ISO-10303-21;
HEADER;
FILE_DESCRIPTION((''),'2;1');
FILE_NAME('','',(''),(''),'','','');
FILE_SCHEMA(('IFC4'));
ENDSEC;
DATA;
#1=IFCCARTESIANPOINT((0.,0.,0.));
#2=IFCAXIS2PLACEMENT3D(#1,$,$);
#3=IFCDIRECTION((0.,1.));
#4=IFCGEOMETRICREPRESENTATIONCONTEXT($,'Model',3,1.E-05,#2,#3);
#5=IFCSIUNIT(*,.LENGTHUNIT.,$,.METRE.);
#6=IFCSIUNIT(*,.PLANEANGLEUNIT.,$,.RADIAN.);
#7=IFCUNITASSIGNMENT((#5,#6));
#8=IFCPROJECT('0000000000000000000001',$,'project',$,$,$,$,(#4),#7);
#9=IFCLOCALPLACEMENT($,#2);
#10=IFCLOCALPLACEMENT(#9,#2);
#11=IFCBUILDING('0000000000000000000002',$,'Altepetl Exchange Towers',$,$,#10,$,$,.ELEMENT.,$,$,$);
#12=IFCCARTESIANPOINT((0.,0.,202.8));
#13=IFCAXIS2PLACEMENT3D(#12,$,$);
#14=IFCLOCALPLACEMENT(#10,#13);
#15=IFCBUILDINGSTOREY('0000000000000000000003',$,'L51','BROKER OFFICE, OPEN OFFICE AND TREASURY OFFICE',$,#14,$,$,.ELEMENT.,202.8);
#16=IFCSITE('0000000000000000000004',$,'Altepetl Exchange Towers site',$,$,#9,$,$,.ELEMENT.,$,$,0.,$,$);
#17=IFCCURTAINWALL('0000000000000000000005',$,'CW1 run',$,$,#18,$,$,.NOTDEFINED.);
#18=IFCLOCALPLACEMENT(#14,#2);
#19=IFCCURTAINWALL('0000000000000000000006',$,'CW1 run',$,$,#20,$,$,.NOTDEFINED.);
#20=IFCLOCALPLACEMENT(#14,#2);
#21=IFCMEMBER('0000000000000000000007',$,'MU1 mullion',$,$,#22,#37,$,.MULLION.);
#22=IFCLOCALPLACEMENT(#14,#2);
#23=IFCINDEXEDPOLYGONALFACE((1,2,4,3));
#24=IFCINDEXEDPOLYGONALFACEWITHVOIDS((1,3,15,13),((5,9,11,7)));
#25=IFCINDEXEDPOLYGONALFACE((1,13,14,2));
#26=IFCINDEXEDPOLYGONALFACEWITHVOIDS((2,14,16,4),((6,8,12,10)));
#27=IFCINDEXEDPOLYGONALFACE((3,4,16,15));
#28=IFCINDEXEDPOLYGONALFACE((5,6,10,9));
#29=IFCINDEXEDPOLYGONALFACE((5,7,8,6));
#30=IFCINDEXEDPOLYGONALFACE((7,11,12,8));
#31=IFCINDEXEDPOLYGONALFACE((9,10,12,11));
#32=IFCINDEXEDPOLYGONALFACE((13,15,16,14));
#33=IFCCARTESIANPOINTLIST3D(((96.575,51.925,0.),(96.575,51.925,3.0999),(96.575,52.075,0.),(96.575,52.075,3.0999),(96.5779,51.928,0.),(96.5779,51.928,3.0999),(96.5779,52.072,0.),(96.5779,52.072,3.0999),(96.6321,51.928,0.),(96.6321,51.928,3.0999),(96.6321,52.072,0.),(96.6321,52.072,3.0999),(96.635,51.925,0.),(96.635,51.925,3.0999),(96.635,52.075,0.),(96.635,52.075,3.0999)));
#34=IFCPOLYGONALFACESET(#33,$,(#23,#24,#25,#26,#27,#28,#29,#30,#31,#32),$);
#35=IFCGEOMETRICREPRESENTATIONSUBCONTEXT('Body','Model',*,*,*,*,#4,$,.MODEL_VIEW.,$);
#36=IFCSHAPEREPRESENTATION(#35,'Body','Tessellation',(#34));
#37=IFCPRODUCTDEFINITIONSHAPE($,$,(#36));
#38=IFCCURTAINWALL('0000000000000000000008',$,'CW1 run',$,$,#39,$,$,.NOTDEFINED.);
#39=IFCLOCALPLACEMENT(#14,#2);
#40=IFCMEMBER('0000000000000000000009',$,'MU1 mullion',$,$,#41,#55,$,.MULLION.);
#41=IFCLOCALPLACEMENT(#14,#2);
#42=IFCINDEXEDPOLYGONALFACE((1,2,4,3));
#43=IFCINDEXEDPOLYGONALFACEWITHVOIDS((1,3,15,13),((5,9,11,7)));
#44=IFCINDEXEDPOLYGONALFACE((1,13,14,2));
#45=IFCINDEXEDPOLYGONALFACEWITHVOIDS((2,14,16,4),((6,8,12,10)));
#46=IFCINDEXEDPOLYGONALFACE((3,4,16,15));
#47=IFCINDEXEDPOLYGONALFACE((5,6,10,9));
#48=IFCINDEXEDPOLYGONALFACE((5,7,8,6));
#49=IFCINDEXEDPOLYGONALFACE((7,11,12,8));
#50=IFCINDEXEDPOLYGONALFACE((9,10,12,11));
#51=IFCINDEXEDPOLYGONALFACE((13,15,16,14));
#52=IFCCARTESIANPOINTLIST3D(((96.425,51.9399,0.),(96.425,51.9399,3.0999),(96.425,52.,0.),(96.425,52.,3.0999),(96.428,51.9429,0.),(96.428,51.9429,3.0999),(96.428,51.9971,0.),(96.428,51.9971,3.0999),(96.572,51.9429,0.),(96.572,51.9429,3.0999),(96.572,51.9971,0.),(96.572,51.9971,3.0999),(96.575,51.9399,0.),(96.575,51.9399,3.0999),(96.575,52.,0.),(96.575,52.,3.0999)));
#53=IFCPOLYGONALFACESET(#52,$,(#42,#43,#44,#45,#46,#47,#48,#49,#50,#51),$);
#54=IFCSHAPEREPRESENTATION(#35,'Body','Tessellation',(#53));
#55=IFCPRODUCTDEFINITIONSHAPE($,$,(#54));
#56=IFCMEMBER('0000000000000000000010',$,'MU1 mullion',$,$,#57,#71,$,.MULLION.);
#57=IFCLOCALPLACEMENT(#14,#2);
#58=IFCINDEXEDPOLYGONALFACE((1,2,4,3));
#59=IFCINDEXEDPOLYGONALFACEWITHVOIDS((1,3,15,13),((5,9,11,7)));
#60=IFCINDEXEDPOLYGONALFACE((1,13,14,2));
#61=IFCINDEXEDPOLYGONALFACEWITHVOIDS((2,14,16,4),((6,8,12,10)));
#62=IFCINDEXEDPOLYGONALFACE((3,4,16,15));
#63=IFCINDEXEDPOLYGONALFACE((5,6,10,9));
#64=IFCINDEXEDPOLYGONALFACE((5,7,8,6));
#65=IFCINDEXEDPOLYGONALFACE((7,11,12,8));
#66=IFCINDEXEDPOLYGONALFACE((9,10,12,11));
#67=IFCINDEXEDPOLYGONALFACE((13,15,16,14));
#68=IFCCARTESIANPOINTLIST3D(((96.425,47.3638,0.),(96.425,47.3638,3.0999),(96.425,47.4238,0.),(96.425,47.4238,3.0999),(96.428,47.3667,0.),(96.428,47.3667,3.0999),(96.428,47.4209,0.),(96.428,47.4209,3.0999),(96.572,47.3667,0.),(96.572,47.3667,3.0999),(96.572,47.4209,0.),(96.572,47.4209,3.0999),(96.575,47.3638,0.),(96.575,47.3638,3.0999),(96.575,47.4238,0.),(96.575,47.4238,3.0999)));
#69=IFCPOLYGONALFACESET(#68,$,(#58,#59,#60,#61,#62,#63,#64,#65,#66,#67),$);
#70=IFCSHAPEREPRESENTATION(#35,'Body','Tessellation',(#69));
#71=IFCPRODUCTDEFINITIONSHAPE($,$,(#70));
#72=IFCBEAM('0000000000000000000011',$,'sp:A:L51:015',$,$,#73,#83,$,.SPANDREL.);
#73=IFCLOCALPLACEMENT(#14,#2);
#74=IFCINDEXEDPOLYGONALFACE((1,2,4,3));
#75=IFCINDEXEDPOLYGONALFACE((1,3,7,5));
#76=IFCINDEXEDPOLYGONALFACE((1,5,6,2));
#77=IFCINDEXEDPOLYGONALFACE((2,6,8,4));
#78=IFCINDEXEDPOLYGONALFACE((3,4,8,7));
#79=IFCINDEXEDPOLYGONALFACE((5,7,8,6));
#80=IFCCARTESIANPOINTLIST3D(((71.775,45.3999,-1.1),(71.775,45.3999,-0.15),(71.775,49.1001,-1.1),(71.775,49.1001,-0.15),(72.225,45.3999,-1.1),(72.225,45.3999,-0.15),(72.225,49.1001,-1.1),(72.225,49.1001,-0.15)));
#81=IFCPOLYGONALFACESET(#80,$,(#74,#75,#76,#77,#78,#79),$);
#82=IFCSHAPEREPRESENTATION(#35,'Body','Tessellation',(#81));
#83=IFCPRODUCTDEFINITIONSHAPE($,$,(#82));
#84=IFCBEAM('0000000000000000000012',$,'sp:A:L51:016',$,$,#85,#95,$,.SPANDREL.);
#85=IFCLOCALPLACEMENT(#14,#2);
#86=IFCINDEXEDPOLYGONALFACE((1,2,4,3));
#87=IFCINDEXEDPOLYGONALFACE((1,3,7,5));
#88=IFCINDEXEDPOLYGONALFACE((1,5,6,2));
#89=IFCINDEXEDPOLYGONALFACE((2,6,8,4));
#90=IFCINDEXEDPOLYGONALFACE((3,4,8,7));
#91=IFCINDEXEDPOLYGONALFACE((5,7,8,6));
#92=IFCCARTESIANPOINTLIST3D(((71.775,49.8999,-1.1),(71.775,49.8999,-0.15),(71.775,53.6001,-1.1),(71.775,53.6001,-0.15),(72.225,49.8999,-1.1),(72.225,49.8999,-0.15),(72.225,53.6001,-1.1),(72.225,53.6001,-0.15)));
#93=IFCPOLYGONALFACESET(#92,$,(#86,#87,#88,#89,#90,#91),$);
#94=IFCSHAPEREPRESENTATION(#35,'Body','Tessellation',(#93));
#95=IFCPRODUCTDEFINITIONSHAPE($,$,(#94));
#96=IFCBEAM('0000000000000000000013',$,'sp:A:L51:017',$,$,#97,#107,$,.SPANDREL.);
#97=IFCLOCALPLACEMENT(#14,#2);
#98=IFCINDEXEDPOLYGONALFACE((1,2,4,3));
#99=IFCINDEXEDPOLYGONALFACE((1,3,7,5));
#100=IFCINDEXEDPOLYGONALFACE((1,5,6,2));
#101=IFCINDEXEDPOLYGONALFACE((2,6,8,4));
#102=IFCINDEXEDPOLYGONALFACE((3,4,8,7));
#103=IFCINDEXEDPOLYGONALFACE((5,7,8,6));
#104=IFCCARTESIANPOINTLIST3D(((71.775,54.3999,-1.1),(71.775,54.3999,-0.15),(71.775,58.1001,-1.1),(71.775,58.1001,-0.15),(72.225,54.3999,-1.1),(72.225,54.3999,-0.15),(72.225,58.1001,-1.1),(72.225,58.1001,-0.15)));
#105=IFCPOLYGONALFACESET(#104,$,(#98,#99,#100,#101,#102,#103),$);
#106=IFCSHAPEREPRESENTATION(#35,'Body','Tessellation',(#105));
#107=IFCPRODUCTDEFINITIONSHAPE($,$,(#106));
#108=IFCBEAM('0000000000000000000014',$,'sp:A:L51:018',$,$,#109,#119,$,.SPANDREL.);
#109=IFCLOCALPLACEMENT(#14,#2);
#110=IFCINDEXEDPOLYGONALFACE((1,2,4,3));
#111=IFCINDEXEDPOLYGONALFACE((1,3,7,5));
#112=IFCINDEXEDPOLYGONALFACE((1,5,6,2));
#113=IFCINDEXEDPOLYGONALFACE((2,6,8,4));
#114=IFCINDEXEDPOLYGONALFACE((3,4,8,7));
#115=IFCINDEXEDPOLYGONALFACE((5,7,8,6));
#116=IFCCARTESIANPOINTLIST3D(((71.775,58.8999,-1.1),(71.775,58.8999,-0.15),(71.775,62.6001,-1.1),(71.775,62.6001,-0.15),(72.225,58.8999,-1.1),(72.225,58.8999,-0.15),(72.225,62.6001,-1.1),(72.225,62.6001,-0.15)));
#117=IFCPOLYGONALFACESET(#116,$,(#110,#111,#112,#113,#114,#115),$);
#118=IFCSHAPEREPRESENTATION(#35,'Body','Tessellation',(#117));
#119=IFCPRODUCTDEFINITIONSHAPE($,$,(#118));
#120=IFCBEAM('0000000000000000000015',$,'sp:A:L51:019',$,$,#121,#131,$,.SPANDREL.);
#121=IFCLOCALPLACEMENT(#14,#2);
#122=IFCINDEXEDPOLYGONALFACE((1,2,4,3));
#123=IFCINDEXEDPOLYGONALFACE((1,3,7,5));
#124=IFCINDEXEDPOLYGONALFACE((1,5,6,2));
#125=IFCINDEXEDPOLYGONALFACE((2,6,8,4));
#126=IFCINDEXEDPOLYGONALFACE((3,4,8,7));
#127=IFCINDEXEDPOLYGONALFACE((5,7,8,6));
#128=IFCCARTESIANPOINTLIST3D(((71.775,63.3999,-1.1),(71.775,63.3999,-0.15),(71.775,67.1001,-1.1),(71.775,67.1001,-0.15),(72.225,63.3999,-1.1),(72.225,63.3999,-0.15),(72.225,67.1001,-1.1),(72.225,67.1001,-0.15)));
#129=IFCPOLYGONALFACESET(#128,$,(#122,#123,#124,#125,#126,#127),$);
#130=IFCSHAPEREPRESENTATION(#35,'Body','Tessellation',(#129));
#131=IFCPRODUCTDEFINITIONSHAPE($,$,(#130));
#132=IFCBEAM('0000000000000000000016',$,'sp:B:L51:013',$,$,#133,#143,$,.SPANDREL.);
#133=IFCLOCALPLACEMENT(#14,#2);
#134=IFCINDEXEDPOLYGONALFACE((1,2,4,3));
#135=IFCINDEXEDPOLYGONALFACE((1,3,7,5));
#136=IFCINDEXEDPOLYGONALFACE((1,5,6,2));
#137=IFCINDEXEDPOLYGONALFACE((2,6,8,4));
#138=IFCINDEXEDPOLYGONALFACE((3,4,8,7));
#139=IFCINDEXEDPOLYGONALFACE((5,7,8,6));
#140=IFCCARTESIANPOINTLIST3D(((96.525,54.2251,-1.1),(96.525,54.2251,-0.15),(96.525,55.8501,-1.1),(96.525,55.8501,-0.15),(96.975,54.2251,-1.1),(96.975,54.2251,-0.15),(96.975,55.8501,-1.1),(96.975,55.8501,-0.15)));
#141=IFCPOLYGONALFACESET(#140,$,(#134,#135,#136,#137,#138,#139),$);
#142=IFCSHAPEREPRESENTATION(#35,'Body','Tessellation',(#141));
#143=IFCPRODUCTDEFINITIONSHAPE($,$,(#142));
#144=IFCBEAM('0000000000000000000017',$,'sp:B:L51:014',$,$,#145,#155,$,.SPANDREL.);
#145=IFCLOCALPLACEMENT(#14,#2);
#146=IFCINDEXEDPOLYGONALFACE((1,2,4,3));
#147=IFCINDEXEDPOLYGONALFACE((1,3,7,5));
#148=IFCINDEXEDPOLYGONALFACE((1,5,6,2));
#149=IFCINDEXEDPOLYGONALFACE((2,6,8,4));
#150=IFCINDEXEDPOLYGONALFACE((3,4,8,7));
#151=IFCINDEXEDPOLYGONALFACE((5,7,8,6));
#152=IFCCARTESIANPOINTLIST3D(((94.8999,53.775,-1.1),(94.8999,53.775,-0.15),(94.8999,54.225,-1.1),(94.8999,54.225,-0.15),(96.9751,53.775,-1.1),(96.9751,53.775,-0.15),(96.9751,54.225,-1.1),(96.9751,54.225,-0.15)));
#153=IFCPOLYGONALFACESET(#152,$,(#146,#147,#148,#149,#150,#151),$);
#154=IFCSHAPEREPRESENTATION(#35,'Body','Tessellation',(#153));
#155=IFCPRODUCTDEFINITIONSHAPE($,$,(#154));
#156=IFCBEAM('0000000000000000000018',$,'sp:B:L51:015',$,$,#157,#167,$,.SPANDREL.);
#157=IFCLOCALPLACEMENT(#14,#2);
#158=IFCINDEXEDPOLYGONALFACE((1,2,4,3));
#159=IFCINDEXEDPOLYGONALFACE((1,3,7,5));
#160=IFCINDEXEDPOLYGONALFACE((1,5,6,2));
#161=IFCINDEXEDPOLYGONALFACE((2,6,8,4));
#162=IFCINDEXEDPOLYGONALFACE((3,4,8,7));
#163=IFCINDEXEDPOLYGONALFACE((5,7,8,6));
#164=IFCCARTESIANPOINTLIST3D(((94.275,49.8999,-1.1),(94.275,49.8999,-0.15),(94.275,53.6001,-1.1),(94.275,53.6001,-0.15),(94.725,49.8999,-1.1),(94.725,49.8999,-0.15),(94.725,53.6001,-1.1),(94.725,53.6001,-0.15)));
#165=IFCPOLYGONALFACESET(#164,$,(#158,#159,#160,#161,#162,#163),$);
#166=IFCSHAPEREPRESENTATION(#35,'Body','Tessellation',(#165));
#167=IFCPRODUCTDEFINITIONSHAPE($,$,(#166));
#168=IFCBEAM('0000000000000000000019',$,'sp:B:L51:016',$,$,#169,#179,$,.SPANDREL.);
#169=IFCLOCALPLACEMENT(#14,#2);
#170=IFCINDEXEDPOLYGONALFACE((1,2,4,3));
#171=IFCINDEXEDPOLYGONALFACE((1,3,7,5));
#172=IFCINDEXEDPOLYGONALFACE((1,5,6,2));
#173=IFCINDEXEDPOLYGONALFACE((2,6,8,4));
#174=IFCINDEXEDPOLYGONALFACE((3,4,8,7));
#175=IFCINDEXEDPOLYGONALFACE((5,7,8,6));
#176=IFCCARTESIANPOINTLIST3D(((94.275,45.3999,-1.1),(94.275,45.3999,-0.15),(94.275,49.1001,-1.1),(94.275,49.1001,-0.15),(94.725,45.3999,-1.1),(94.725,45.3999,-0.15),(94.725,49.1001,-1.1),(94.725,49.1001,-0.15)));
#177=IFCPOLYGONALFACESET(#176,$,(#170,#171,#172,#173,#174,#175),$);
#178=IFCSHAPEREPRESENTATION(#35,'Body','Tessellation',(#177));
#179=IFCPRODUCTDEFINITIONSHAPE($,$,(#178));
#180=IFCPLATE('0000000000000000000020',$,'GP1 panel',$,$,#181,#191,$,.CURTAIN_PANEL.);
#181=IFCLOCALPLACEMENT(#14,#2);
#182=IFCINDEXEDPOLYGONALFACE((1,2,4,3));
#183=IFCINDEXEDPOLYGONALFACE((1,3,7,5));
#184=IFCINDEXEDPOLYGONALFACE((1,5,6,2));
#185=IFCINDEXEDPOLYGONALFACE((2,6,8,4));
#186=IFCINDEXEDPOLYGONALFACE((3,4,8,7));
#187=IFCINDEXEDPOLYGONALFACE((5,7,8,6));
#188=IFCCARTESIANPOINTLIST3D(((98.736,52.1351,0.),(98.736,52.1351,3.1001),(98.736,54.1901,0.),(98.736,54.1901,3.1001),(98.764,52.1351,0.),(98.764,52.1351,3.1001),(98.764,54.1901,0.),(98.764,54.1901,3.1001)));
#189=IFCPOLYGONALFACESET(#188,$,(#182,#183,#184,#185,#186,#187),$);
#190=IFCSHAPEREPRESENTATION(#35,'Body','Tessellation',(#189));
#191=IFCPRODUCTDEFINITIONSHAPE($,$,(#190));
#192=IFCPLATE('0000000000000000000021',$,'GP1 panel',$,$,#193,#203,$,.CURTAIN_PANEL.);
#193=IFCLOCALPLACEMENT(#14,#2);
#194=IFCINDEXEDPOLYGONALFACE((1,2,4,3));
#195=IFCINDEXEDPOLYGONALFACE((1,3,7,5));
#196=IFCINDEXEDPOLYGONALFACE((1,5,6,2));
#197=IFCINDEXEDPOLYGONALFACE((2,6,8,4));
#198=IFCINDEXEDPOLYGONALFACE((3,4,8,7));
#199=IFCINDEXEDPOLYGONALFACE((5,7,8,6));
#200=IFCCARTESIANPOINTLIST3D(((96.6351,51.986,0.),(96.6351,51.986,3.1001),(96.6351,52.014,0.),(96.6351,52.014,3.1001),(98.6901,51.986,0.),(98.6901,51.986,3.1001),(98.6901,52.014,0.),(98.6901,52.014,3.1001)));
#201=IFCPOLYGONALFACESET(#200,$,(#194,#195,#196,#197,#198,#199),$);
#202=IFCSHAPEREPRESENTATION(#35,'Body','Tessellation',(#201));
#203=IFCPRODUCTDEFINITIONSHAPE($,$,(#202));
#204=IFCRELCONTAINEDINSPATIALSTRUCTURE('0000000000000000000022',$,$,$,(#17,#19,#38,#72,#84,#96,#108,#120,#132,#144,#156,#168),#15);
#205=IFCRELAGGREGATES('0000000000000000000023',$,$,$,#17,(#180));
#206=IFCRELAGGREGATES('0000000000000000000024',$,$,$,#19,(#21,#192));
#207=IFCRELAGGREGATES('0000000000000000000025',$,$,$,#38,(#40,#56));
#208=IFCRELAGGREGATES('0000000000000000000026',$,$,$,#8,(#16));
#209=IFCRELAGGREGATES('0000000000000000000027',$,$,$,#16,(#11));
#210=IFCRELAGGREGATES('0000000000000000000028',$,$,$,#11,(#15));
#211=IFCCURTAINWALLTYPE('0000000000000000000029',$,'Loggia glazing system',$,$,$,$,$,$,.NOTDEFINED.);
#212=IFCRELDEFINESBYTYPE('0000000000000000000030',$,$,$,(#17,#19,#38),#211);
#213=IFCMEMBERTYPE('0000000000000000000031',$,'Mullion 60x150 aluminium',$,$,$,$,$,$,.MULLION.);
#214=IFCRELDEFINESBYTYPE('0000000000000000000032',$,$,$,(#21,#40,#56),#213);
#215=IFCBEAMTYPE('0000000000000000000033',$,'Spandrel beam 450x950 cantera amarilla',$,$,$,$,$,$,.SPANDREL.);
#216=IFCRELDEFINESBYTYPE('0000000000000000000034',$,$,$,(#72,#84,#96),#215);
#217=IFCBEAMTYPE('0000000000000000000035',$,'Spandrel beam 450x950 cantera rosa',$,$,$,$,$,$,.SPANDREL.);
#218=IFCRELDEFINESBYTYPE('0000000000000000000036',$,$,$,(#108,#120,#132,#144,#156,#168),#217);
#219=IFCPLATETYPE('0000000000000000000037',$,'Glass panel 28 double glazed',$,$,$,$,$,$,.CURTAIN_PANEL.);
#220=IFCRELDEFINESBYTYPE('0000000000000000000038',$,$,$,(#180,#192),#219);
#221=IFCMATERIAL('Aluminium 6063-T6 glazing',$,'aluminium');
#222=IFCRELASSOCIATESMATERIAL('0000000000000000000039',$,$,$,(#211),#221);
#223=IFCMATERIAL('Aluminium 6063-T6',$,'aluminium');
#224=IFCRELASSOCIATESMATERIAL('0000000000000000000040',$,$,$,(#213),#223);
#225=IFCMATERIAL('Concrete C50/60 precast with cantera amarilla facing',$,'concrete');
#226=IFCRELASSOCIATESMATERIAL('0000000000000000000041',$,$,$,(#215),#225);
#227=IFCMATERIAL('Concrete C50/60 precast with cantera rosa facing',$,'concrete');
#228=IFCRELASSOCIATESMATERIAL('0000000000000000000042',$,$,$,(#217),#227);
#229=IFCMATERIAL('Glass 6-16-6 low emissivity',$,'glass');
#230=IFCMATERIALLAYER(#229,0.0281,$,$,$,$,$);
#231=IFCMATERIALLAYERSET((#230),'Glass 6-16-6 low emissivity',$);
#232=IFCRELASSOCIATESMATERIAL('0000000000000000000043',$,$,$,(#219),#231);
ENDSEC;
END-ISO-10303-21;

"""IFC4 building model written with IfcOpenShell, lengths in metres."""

from ifc_helpers import new_model, si_unit, direction, frame, origin, origin_2d, place, context, subcontext, project, spatial, rectangle, hollow_rectangle, extrude, material, layer, layer_set, material_profile, profile_set, type_object, element, aggregate, save


model = new_model("IFC4")

# Units and contexts
model_context = context("Model", 3, precision=1e-05, world=origin(), true_north=direction((0.0, 1.0)))
body_context = subcontext(model_context, "Body", "Model", "MODEL_VIEW")
ifc_project = project(units=[si_unit("LENGTHUNIT", "METRE"), si_unit("PLANEANGLEUNIT", "RADIAN")], contexts=[model_context])

# Site, building, storey
site_placement = place(None, origin())
site = spatial("IfcSite", under=ifc_project, at=site_placement, Name="Altepetl Exchange Towers site", CompositionType="ELEMENT", RefElevation=0.0)
building_placement = place(site_placement, origin())
building = spatial("IfcBuilding", under=site, at=building_placement, Name="Altepetl Exchange Towers", CompositionType="ELEMENT")
storey_placement = place(building_placement, frame((0.0, 0.0, 202.8)))
storey = spatial("IfcBuildingStorey", under=building, at=storey_placement, Name="L51", Description="BROKER OFFICE, OPEN OFFICE AND TREASURY OFFICE", CompositionType="ELEMENT", Elevation=202.8)

# Curtain walls, members
ifc_material_1 = material(Name="Aluminium 6063-T6 glazing", Category="aluminium")
curtain_wall_type = type_object("IfcCurtainWallType", Name="Loggia glazing system", PredefinedType="NOTDEFINED", material=ifc_material_1)
curtain_wall_1_placement = place(storey_placement, origin())
curtain_wall_1 = element("IfcCurtainWall", 1, at=curtain_wall_1_placement, inside=storey, type_object=curtain_wall_type, Name="CW1 run", PredefinedType="NOTDEFINED")
ifc_material_2 = material(Name="Aluminium 6063-T6", Category="aluminium")
ifc_material_profile_1 = material_profile(ifc_material_2, hollow_rectangle(XDim=0.0601, YDim=0.1499, WallThickness=0.0029, at=origin_2d()), Name="Mullion 60x150 aluminium")
ifc_profile_set_1 = profile_set([ifc_material_profile_1], Name="Aluminium 6063-T6")
member_type = type_object("IfcMemberType", Name="Mullion 60x150 aluminium", PredefinedType="MULLION", material=ifc_profile_set_1)
curtain_wall_2_placement = place(storey_placement, origin())
curtain_wall_2 = element("IfcCurtainWall", 2, at=curtain_wall_2_placement, inside=storey, type_object=curtain_wall_type, Name="CW1 run", PredefinedType="NOTDEFINED")
member_1_placement = place(storey_placement, frame((96.605, 52.0, 0.0), z_axis=(0.0, 0.0, 1.0), x_axis=(-1.0, 0.0, 0.0)))
member_1 = element("IfcMember", 3, at=member_1_placement, type_object=member_type, Name="MU1 mullion", PredefinedType="MULLION", context=body_context, shape_type="SweptSolid", body=[
    extrude(hollow_rectangle(XDim=0.0601, YDim=0.1499, WallThickness=0.0029, at=origin_2d()), origin(), (0.0, 0.0, 1.0), 3.0999),
])
curtain_wall_3_placement = place(storey_placement, origin())
curtain_wall_3 = element("IfcCurtainWall", 4, at=curtain_wall_3_placement, inside=storey, type_object=curtain_wall_type, Name="CW1 run", PredefinedType="NOTDEFINED")
member_2_placement = place(storey_placement, frame((96.5, 51.97, 0.0), z_axis=(0.0, 0.0, 1.0), x_axis=(0.0, -1.0, 0.0)))
member_2 = element("IfcMember", 5, at=member_2_placement, type_object=member_type, Name="MU1 mullion", PredefinedType="MULLION", context=body_context, shape_type="SweptSolid", body=[
    extrude(hollow_rectangle(XDim=0.0601, YDim=0.1499, WallThickness=0.0029, at=origin_2d()), origin(), (0.0, 0.0, 1.0), 3.0999),
])
member_3_placement = place(storey_placement, frame((96.5, 47.3938, 0.0), z_axis=(0.0, 0.0, 1.0), x_axis=(0.0, -1.0, 0.0)))
member_3 = element("IfcMember", 6, at=member_3_placement, type_object=member_type, Name="MU1 mullion", PredefinedType="MULLION", context=body_context, shape_type="SweptSolid", body=[
    extrude(hollow_rectangle(XDim=0.0601, YDim=0.1499, WallThickness=0.0029, at=origin_2d()), origin(), (0.0, 0.0, 1.0), 3.0999),
])

# Beams
ifc_material_3 = material(Name="Concrete C50/60 precast with cantera amarilla facing", Category="concrete")
ifc_material_profile_2 = material_profile(ifc_material_3, rectangle(XDim=0.45, YDim=0.95, at=origin_2d()), Name="450 x 950")
ifc_profile_set_2 = profile_set([ifc_material_profile_2], Name="Concrete C50/60 precast with cantera amarilla facing")
beam_type_1 = type_object("IfcBeamType", Name="Spandrel beam 450x950 cantera amarilla", PredefinedType="SPANDREL", material=ifc_profile_set_2)
for number, where, z_axis, x_axis, name in (
    (7, (72.0, 45.3999, -0.625), (0.0, 1.0, 0.0), (-1.0, 0.0, 0.0), "sp:A:L51:015"),
    (8, (72.0, 49.8999, -0.625), (0.0, 1.0, 0.0), (-1.0, 0.0, 0.0), "sp:A:L51:016"),
    (9, (72.0, 54.3999, -0.625), (0.0, 1.0, 0.0), (-1.0, 0.0, 0.0), "sp:A:L51:017"),
):
    element("IfcBeam", number, at=place(storey_placement, frame(where, z_axis=z_axis, x_axis=x_axis)), inside=storey, type_object=beam_type_1, Name=name, PredefinedType="SPANDREL", context=body_context, shape_type="SweptSolid", body=[
        extrude(rectangle(XDim=0.45, YDim=0.95, at=origin_2d()), origin(), (0.0, 0.0, 1.0), 3.7002),
    ])
ifc_material_4 = material(Name="Concrete C50/60 precast with cantera rosa facing", Category="concrete")
ifc_material_profile_3 = material_profile(ifc_material_4, rectangle(XDim=0.45, YDim=0.95, at=origin_2d()), Name="450 x 950")
ifc_profile_set_3 = profile_set([ifc_material_profile_3], Name="Concrete C50/60 precast with cantera rosa facing")
beam_type_2 = type_object("IfcBeamType", Name="Spandrel beam 450x950 cantera rosa", PredefinedType="SPANDREL", material=ifc_profile_set_3)
for number, where, z_axis, x_axis, name in (
    (10, (72.0, 58.8999, -0.625), (0.0, 1.0, 0.0), (-1.0, 0.0, 0.0), "sp:A:L51:018"),
    (11, (72.0, 63.3999, -0.625), (0.0, 1.0, 0.0), (-1.0, 0.0, 0.0), "sp:A:L51:019"),
):
    element("IfcBeam", number, at=place(storey_placement, frame(where, z_axis=z_axis, x_axis=x_axis)), inside=storey, type_object=beam_type_2, Name=name, PredefinedType="SPANDREL", context=body_context, shape_type="SweptSolid", body=[
        extrude(rectangle(XDim=0.45, YDim=0.95, at=origin_2d()), origin(), (0.0, 0.0, 1.0), 3.7002),
    ])
beam_1_placement = place(storey_placement, frame((96.75, 55.8501, -0.625), z_axis=(0.0, -1.0, 0.0), x_axis=(1.0, 0.0, 0.0)))
element("IfcBeam", 12, at=beam_1_placement, inside=storey, type_object=beam_type_2, Name="sp:B:L51:013", PredefinedType="SPANDREL", context=body_context, shape_type="SweptSolid", body=[
    extrude(rectangle(XDim=0.45, YDim=0.95, at=origin_2d()), origin(), (0.0, 0.0, 1.0), 1.625),
])
beam_2_placement = place(storey_placement, frame((96.9751, 54.0, -0.625), z_axis=(-1.0, 0.0, 0.0), x_axis=(0.0, -1.0, 0.0)))
element("IfcBeam", 13, at=beam_2_placement, inside=storey, type_object=beam_type_2, Name="sp:B:L51:014", PredefinedType="SPANDREL", context=body_context, shape_type="SweptSolid", body=[
    extrude(rectangle(XDim=0.45, YDim=0.95, at=origin_2d()), origin(), (0.0, 0.0, 1.0), 2.0752),
])
for number, where, z_axis, x_axis, name in (
    (14, (94.5, 53.6001, -0.625), (0.0, -1.0, 0.0), (1.0, 0.0, 0.0), "sp:B:L51:015"),
    (15, (94.5, 49.1001, -0.625), (0.0, -1.0, 0.0), (1.0, 0.0, 0.0), "sp:B:L51:016"),
):
    element("IfcBeam", number, at=place(storey_placement, frame(where, z_axis=z_axis, x_axis=x_axis)), inside=storey, type_object=beam_type_2, Name=name, PredefinedType="SPANDREL", context=body_context, shape_type="SweptSolid", body=[
        extrude(rectangle(XDim=0.45, YDim=0.95, at=origin_2d()), origin(), (0.0, 0.0, 1.0), 3.7002),
    ])

# Plates
ifc_material_5 = material(Name="Glass 6-16-6 low emissivity", Category="glass")
ifc_layer = layer(ifc_material_5, 0.0281)
ifc_layer_set = layer_set([ifc_layer], Name="Glass 6-16-6 low emissivity")
plate_type = type_object("IfcPlateType", Name="Glass panel 28 double glazed", PredefinedType="CURTAIN_PANEL", material=ifc_layer_set)
plate_1_placement = place(storey_placement, frame((98.75, 53.1626, 0.0), z_axis=(0.0, 0.0, 1.0), x_axis=(0.0, -1.0, 0.0)))
plate_1 = element("IfcPlate", 16, at=plate_1_placement, type_object=plate_type, Name="GP1 panel", PredefinedType="CURTAIN_PANEL", context=body_context, shape_type="SweptSolid", body=[
    extrude(rectangle(XDim=2.0549, YDim=0.0281, at=origin_2d()), origin(), (0.0, 0.0, 1.0), 3.1001),
])
aggregate(curtain_wall_1, [plate_1])
plate_2_placement = place(storey_placement, frame((97.6626, 52.0, 0.0), z_axis=(0.0, 0.0, 1.0), x_axis=(-1.0, 0.0, 0.0)))
plate_2 = element("IfcPlate", 17, at=plate_2_placement, type_object=plate_type, Name="GP1 panel", PredefinedType="CURTAIN_PANEL", context=body_context, shape_type="SweptSolid", body=[
    extrude(rectangle(XDim=2.0549, YDim=0.0281, at=origin_2d()), origin(), (0.0, 0.0, 1.0), 3.1001),
])
aggregate(curtain_wall_2, [member_1, plate_2])
aggregate(curtain_wall_3, [member_2, member_3])

save(model, "model.ifc")
